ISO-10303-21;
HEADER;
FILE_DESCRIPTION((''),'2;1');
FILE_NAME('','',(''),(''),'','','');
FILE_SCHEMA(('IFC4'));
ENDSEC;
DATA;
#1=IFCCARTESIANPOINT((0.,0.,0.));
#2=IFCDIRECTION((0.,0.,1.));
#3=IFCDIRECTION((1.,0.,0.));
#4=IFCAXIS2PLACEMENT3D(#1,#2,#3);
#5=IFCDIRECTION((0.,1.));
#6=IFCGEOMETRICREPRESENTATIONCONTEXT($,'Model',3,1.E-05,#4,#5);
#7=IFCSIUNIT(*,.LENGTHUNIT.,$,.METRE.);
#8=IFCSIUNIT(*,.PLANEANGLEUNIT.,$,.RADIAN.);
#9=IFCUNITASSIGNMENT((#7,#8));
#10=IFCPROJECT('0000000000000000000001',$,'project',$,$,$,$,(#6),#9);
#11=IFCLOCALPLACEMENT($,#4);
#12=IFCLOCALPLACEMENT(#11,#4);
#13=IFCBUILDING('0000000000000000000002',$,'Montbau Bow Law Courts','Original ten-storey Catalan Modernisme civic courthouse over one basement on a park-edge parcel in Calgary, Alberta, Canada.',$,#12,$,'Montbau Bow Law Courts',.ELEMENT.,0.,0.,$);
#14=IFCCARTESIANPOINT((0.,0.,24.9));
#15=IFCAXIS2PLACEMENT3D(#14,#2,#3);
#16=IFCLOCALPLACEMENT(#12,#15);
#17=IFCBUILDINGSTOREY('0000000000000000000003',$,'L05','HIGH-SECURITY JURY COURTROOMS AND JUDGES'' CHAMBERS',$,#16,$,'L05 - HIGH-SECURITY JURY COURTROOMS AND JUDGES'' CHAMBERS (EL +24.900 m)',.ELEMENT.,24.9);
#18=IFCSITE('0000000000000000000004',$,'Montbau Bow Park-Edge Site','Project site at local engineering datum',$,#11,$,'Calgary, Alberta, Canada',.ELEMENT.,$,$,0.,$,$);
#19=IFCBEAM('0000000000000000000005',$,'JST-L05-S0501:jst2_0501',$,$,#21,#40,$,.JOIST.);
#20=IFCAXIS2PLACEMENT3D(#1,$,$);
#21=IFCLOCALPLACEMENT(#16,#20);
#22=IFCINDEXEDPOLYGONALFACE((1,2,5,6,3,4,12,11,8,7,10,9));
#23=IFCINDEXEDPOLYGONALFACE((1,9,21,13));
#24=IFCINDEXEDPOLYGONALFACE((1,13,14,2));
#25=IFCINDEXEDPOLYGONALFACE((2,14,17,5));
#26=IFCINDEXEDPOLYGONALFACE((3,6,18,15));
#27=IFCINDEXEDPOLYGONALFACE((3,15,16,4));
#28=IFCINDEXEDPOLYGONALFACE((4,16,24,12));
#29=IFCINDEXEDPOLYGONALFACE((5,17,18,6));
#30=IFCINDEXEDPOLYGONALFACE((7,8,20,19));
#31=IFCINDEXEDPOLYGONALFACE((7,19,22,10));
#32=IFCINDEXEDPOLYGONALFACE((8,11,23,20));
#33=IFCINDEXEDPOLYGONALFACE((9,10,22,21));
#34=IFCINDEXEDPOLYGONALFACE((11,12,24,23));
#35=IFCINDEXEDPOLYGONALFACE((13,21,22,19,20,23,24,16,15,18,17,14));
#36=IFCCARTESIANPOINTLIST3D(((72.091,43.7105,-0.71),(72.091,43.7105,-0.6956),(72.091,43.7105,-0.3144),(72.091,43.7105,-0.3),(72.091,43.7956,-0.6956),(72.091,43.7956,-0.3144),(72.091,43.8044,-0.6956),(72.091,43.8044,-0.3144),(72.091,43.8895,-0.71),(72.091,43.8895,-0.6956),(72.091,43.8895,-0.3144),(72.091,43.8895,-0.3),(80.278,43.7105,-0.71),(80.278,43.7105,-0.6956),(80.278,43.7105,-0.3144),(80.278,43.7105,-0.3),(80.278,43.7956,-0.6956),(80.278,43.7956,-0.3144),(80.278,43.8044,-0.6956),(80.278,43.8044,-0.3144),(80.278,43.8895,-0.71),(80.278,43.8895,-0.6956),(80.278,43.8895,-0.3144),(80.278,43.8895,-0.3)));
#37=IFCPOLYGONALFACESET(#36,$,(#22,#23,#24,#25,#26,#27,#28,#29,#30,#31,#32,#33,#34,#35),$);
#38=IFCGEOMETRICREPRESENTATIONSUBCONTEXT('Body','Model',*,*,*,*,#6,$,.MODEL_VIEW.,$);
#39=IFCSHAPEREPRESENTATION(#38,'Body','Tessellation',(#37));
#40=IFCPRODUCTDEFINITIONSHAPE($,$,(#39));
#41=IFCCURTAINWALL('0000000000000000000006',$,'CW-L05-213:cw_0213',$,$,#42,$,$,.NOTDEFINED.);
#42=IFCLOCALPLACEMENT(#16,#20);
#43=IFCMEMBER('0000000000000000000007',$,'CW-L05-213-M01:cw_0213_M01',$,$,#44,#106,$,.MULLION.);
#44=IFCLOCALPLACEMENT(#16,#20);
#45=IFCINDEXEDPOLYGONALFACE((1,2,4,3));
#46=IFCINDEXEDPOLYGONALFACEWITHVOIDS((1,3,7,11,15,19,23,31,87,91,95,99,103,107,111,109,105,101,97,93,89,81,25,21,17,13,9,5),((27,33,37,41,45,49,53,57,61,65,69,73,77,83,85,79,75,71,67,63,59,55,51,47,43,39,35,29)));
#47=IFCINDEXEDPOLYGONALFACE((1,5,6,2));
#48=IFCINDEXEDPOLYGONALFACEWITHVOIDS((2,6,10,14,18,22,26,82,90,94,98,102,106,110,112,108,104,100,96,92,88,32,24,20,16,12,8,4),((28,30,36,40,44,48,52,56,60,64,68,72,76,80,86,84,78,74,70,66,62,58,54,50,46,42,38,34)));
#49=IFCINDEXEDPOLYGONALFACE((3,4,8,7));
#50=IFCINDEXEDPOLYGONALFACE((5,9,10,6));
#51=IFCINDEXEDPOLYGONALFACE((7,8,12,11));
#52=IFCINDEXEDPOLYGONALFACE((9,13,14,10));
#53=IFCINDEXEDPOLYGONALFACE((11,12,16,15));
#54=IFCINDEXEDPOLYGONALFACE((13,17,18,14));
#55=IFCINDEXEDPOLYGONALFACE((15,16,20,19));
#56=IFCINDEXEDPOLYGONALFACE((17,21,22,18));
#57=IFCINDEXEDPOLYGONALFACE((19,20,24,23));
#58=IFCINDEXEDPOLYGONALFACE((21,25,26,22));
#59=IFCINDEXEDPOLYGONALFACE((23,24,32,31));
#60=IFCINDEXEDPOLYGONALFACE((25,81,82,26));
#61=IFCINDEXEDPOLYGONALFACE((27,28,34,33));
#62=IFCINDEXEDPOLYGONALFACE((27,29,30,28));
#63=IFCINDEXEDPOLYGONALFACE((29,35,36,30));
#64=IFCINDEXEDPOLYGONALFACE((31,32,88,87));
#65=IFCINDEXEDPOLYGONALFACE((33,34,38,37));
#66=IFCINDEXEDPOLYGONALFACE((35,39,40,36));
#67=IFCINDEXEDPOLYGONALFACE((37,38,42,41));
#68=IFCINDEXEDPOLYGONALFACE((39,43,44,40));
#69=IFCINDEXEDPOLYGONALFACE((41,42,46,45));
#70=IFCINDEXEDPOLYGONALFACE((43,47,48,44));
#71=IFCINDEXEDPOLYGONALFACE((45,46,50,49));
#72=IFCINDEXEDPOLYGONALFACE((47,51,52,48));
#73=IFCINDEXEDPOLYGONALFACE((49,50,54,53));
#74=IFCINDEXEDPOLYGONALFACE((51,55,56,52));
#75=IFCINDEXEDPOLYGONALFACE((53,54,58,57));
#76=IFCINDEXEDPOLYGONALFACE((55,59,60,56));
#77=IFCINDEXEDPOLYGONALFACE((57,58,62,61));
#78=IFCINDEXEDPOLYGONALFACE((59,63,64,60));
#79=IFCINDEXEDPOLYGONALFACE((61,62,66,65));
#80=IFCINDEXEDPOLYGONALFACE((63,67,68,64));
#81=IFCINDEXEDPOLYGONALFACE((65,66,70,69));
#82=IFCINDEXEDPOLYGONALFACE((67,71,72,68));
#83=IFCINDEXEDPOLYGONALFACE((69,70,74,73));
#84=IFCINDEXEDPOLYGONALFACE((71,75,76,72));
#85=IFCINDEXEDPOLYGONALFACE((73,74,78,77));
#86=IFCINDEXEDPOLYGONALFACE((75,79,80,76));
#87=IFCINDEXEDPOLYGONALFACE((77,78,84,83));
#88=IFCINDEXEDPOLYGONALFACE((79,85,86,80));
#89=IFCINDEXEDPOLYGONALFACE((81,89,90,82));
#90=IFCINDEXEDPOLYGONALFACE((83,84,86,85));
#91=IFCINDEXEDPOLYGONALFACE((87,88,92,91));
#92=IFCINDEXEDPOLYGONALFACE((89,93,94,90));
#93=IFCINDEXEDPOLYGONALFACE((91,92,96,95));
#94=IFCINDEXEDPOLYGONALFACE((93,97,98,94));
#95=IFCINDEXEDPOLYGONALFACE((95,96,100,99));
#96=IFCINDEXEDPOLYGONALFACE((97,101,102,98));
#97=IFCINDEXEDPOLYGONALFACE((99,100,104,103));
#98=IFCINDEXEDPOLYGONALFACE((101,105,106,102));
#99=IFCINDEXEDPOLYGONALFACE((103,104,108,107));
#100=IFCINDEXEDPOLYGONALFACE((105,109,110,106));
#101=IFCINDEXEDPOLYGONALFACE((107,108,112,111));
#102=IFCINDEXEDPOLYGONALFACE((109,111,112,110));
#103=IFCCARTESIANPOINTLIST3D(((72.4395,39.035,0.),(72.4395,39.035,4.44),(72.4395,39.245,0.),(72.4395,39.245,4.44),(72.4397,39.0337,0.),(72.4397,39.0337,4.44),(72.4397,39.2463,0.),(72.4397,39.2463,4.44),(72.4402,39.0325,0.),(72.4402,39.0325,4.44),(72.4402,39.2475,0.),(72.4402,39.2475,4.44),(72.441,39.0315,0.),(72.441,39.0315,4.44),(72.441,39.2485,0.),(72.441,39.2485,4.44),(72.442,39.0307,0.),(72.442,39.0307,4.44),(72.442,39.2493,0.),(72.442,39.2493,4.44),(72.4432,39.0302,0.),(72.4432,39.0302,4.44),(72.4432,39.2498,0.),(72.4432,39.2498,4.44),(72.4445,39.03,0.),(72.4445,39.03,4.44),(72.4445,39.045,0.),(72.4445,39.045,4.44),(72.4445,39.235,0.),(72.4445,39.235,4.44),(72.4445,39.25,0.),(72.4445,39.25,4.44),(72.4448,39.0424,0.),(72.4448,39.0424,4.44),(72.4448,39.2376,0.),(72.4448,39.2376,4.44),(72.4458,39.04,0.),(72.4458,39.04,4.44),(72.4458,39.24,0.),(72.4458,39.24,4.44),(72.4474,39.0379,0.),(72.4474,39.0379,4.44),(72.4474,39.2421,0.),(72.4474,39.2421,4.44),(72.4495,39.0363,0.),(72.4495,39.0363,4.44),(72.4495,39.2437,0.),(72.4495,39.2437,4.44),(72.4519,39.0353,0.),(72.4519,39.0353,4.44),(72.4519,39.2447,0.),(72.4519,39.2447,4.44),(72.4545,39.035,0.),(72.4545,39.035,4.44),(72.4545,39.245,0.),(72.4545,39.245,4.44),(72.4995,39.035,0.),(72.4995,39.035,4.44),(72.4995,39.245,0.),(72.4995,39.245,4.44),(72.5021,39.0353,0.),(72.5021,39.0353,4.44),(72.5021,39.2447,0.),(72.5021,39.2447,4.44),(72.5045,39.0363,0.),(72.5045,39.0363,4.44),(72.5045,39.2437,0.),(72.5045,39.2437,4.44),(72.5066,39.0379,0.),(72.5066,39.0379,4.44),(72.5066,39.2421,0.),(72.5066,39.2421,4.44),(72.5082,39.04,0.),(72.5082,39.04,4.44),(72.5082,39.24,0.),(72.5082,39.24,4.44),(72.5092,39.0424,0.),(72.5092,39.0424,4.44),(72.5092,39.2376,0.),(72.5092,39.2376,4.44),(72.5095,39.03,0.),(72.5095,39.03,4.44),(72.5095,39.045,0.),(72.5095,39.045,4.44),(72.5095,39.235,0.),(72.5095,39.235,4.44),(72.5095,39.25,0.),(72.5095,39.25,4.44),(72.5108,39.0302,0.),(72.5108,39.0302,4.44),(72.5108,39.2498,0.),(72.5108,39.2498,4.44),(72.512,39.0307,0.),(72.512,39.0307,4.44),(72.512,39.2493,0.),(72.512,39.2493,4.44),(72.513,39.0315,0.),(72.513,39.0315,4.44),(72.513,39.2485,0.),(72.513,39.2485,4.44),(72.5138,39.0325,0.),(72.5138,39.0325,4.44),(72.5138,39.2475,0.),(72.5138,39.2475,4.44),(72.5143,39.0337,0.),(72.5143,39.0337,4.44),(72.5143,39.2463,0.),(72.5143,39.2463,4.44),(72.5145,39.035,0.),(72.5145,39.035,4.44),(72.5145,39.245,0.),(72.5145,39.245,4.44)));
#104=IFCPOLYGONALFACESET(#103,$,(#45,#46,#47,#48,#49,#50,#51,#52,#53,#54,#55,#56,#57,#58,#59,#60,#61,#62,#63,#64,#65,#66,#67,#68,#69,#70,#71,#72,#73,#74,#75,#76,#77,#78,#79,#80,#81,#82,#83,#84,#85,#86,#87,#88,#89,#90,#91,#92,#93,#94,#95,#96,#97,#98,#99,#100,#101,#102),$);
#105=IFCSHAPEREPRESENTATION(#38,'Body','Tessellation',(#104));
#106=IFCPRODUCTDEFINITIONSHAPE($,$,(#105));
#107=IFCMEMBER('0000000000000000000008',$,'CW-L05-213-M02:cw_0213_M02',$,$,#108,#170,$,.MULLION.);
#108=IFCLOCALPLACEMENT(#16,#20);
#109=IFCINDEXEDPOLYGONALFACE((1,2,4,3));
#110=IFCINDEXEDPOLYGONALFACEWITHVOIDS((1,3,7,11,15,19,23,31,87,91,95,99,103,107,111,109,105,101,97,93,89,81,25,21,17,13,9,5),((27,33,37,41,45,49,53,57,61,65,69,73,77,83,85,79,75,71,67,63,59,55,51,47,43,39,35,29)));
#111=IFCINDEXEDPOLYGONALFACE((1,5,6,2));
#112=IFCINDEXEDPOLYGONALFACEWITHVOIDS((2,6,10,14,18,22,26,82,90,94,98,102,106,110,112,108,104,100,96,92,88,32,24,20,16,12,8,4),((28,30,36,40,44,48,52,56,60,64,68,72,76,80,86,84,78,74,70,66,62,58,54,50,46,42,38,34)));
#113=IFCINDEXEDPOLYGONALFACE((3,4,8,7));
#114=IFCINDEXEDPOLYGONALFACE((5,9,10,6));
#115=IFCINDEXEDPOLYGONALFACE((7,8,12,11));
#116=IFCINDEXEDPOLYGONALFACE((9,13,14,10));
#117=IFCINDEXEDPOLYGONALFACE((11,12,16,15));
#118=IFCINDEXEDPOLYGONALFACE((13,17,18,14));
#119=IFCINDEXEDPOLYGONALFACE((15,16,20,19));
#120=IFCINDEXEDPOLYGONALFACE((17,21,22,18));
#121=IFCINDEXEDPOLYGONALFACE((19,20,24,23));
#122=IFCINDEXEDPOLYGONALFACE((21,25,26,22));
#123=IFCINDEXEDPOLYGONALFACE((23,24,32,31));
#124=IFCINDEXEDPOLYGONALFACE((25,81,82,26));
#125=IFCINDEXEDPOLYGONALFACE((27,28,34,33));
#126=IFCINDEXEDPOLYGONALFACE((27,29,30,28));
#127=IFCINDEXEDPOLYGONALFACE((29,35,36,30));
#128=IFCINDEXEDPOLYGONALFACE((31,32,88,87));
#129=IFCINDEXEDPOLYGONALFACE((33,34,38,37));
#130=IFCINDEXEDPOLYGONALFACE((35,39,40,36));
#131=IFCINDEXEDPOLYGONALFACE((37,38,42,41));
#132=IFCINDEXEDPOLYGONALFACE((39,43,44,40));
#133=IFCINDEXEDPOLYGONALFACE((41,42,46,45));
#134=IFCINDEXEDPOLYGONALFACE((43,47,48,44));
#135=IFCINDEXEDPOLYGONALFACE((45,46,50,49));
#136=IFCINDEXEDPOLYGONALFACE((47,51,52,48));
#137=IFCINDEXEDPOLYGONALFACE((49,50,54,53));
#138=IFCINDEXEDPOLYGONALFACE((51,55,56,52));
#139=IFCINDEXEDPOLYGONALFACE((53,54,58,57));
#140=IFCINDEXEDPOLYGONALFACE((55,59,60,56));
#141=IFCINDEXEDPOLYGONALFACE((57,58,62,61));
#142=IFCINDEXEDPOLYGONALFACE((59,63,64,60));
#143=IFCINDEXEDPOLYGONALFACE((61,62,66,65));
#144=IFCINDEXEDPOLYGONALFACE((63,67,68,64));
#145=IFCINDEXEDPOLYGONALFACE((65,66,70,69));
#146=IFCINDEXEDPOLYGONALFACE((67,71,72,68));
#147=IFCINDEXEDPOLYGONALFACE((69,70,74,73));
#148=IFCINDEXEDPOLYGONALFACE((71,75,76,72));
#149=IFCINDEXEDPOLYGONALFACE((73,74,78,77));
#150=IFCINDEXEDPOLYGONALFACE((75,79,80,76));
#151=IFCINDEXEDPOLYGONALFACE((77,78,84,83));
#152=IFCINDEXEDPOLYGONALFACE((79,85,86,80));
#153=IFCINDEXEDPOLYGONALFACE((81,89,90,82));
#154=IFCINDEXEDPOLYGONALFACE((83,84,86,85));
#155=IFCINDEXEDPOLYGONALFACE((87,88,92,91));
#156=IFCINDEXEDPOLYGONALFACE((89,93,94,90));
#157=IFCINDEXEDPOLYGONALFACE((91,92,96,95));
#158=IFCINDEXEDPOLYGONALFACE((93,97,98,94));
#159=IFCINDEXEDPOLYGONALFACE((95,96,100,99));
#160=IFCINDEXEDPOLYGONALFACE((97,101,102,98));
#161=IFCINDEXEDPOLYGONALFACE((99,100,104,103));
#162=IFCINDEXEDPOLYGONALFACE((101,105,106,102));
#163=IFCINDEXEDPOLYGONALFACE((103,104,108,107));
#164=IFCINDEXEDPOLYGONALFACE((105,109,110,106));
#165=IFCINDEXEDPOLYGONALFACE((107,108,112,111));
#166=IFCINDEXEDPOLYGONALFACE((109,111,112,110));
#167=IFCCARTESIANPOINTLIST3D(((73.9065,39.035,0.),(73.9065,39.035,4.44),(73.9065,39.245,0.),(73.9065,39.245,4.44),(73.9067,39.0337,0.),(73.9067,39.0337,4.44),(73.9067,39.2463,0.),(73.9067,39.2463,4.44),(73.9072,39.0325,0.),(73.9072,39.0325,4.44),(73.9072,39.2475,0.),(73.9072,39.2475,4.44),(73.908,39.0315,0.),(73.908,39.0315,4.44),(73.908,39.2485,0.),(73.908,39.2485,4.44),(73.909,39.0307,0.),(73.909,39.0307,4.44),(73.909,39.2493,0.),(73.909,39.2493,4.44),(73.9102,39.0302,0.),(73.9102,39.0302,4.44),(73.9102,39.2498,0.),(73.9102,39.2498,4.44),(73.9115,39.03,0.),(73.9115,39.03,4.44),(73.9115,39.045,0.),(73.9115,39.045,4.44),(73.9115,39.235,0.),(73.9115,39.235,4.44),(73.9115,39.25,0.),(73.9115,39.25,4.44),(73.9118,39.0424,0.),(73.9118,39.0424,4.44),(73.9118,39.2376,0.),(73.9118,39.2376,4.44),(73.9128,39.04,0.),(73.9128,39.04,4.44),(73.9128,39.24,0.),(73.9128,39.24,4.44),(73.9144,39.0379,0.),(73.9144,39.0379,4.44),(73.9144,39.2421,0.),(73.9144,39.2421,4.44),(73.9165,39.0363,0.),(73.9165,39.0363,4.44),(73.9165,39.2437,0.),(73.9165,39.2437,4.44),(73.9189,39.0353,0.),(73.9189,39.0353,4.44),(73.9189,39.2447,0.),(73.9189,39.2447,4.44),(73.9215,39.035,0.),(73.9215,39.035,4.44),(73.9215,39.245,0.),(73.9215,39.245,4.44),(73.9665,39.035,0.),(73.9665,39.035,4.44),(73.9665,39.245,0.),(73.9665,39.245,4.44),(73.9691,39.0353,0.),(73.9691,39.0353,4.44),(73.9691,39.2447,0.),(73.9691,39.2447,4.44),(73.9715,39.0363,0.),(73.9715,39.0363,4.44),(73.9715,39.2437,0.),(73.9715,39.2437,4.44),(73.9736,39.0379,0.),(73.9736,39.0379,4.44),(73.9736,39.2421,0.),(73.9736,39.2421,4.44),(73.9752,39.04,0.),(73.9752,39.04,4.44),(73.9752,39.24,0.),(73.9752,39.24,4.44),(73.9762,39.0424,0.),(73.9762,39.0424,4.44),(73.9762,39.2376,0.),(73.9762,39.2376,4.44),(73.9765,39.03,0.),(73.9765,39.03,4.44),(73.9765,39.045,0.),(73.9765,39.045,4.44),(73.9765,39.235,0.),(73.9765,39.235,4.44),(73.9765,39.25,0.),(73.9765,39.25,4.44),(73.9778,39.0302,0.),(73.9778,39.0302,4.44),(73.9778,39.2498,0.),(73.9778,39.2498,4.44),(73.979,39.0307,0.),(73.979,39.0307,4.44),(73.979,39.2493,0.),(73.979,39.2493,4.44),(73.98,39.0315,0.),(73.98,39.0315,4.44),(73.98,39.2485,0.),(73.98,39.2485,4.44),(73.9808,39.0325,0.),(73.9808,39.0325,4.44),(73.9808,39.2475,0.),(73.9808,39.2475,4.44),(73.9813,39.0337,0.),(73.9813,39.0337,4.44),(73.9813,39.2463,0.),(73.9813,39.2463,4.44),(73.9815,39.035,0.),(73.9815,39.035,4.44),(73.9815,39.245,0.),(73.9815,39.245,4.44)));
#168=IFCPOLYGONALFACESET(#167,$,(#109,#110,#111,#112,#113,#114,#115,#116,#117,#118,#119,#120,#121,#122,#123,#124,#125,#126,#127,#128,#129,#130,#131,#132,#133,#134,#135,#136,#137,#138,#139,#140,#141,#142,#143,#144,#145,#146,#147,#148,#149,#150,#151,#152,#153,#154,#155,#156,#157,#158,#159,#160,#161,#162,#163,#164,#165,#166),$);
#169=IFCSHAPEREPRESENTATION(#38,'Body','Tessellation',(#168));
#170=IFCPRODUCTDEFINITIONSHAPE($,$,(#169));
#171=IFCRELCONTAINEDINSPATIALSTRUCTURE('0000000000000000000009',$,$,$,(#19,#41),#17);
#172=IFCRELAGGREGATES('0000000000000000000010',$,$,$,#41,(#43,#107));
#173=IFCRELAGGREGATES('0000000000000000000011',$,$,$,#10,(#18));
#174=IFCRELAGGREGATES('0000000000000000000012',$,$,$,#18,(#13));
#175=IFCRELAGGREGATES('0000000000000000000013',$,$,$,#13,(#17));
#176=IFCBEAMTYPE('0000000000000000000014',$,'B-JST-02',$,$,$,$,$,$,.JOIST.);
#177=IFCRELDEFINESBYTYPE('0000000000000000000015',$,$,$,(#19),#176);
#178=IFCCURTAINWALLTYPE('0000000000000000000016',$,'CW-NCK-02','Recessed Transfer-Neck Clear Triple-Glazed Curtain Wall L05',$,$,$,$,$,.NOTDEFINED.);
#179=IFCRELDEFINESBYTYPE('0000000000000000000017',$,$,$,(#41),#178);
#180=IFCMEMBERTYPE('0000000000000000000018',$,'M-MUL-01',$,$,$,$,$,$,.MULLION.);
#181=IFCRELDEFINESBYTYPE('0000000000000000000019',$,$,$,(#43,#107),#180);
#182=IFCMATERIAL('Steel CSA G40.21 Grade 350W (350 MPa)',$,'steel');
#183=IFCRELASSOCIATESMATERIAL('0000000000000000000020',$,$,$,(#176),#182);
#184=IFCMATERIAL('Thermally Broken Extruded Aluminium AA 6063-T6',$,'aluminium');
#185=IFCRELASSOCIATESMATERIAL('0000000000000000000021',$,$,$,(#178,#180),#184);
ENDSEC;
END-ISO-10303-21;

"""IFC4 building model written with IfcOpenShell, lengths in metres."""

from ifc_helpers import new_model, si_unit, direction, frame, origin_with_axes, origin_2d_with_axis, place, context, subcontext, project, spatial, hollow_rectangle, i_section, extrude, material, material_profile, profile_set, type_object, element, aggregate, save


model = new_model("IFC4")

# Units and contexts
model_context = context("Model", 3, precision=1e-05, world=origin_with_axes(), true_north=direction((0.0, 1.0)))
body_context = subcontext(model_context, "Body", "Model", "MODEL_VIEW")
ifc_project = project(units=[si_unit("LENGTHUNIT", "METRE"), si_unit("PLANEANGLEUNIT", "RADIAN")], contexts=[model_context])

# Site, building, storey
site_placement = place(None, origin_with_axes())
site = spatial("IfcSite", under=ifc_project, at=site_placement, Name="Montbau Bow Park-Edge Site", Description="Project site at local engineering datum", LongName="Calgary, Alberta, Canada", CompositionType="ELEMENT", RefElevation=0.0)
building_placement = place(site_placement, origin_with_axes())
building = spatial("IfcBuilding", under=site, at=building_placement, Name="Montbau Bow Law Courts", Description="Original ten-storey Catalan Modernisme civic courthouse over one basement on a park-edge parcel in Calgary, Alberta, Canada.", LongName="Montbau Bow Law Courts", CompositionType="ELEMENT", ElevationOfRefHeight=0.0, ElevationOfTerrain=0.0)
storey_placement = place(building_placement, frame((0.0, 0.0, 24.9), z_axis=(0.0, 0.0, 1.0), x_axis=(1.0, 0.0, 0.0)))
storey = spatial("IfcBuildingStorey", under=building, at=storey_placement, Name="L05", Description="HIGH-SECURITY JURY COURTROOMS AND JUDGES' CHAMBERS", LongName="L05 - HIGH-SECURITY JURY COURTROOMS AND JUDGES' CHAMBERS (EL +24.900 m)", CompositionType="ELEMENT", Elevation=24.9)

# Beam
ifc_material_1 = material(Name="Steel CSA G40.21 Grade 350W (350 MPa)", Category="steel")
ifc_material_profile_1 = material_profile(ifc_material_1, i_section(OverallWidth=0.179, OverallDepth=0.41, WebThickness=0.0088, FlangeThickness=0.0144, at=origin_2d_with_axis()), Name="W410X67", Category="Main", Priority=0)
ifc_profile_set_1 = profile_set([ifc_material_profile_1], Name="Steel CSA G40.21 Grade 350W (350 MPa)")
beam_type = type_object("IfcBeamType", Name="B-JST-02", PredefinedType="JOIST", material=ifc_profile_set_1)
beam_placement = place(None, frame((72.091, 43.8, 24.395), z_axis=(1.0, 0.0, 0.0), x_axis=(0.0, 1.0, 0.0)))
element("IfcBeam", 1, at=beam_placement, inside=storey, type_object=beam_type, Name="JST-L05-S0501:jst2_0501", PredefinedType="JOIST", context=body_context, shape_type="SweptSolid", body=[
    extrude(i_section(OverallWidth=0.179, OverallDepth=0.41, WebThickness=0.0088, FlangeThickness=0.0144, at=origin_2d_with_axis()), origin_with_axes(), (0.0, 0.0, 1.0), 8.187),
])

# Curtain wall, members
ifc_material_2 = material(Name="Thermally Broken Extruded Aluminium AA 6063-T6", Category="aluminium")
curtain_wall_type = type_object("IfcCurtainWallType", Name="CW-NCK-02", Description="Recessed Transfer-Neck Clear Triple-Glazed Curtain Wall L05", PredefinedType="NOTDEFINED", material=ifc_material_2)
curtain_wall_placement = place(None, frame((72.44, 39.14, 24.9), z_axis=(0.0, 0.0, 1.0), x_axis=(1.0, 0.0, 0.0)))
curtain_wall = element("IfcCurtainWall", 2, at=curtain_wall_placement, inside=storey, type_object=curtain_wall_type, Name="CW-L05-213:cw_0213", PredefinedType="NOTDEFINED")
ifc_material_profile_2 = material_profile(ifc_material_2, hollow_rectangle(XDim=0.075, YDim=0.22, WallThickness=0.005, InnerFilletRadius=0.01, OuterFilletRadius=0.005, at=origin_2d_with_axis()), Name="CWM-220X75", Category="Main", Priority=0)
ifc_profile_set_2 = profile_set([ifc_material_profile_2], Name="Thermally Broken Extruded Aluminium AA 6063-T6")
member_type_1 = type_object("IfcMemberType", Name="M-MUL-01", PredefinedType="MULLION", material=ifc_profile_set_2)
member_1_placement = place(None, frame((72.477, 39.14, 24.9), z_axis=(0.0, 0.0, 1.0), x_axis=(1.0, 0.0, 0.0)))
member_1 = element("IfcMember", 3, at=member_1_placement, type_object=member_type_1, Name="CW-L05-213-M01:cw_0213_M01", PredefinedType="MULLION", context=body_context, shape_type="SweptSolid", body=[
    extrude(hollow_rectangle(XDim=0.075, YDim=0.22, WallThickness=0.005, InnerFilletRadius=0.01, OuterFilletRadius=0.005, at=origin_2d_with_axis()), origin_with_axes(), (0.0, 0.0, 1.0), 4.44),
])
member_2_placement = place(None, frame((73.944, 39.14, 24.9), z_axis=(0.0, 0.0, 1.0), x_axis=(1.0, 0.0, 0.0)))
member_2 = element("IfcMember", 4, at=member_2_placement, type_object=member_type_1, Name="CW-L05-213-M02:cw_0213_M02", PredefinedType="MULLION", context=body_context, shape_type="SweptSolid", body=[
    extrude(hollow_rectangle(XDim=0.075, YDim=0.22, WallThickness=0.005, InnerFilletRadius=0.01, OuterFilletRadius=0.005, at=origin_2d_with_axis()), origin_with_axes(), (0.0, 0.0, 1.0), 4.44),
])
aggregate(curtain_wall, [member_1, member_2])

save(model, "model.ifc")
